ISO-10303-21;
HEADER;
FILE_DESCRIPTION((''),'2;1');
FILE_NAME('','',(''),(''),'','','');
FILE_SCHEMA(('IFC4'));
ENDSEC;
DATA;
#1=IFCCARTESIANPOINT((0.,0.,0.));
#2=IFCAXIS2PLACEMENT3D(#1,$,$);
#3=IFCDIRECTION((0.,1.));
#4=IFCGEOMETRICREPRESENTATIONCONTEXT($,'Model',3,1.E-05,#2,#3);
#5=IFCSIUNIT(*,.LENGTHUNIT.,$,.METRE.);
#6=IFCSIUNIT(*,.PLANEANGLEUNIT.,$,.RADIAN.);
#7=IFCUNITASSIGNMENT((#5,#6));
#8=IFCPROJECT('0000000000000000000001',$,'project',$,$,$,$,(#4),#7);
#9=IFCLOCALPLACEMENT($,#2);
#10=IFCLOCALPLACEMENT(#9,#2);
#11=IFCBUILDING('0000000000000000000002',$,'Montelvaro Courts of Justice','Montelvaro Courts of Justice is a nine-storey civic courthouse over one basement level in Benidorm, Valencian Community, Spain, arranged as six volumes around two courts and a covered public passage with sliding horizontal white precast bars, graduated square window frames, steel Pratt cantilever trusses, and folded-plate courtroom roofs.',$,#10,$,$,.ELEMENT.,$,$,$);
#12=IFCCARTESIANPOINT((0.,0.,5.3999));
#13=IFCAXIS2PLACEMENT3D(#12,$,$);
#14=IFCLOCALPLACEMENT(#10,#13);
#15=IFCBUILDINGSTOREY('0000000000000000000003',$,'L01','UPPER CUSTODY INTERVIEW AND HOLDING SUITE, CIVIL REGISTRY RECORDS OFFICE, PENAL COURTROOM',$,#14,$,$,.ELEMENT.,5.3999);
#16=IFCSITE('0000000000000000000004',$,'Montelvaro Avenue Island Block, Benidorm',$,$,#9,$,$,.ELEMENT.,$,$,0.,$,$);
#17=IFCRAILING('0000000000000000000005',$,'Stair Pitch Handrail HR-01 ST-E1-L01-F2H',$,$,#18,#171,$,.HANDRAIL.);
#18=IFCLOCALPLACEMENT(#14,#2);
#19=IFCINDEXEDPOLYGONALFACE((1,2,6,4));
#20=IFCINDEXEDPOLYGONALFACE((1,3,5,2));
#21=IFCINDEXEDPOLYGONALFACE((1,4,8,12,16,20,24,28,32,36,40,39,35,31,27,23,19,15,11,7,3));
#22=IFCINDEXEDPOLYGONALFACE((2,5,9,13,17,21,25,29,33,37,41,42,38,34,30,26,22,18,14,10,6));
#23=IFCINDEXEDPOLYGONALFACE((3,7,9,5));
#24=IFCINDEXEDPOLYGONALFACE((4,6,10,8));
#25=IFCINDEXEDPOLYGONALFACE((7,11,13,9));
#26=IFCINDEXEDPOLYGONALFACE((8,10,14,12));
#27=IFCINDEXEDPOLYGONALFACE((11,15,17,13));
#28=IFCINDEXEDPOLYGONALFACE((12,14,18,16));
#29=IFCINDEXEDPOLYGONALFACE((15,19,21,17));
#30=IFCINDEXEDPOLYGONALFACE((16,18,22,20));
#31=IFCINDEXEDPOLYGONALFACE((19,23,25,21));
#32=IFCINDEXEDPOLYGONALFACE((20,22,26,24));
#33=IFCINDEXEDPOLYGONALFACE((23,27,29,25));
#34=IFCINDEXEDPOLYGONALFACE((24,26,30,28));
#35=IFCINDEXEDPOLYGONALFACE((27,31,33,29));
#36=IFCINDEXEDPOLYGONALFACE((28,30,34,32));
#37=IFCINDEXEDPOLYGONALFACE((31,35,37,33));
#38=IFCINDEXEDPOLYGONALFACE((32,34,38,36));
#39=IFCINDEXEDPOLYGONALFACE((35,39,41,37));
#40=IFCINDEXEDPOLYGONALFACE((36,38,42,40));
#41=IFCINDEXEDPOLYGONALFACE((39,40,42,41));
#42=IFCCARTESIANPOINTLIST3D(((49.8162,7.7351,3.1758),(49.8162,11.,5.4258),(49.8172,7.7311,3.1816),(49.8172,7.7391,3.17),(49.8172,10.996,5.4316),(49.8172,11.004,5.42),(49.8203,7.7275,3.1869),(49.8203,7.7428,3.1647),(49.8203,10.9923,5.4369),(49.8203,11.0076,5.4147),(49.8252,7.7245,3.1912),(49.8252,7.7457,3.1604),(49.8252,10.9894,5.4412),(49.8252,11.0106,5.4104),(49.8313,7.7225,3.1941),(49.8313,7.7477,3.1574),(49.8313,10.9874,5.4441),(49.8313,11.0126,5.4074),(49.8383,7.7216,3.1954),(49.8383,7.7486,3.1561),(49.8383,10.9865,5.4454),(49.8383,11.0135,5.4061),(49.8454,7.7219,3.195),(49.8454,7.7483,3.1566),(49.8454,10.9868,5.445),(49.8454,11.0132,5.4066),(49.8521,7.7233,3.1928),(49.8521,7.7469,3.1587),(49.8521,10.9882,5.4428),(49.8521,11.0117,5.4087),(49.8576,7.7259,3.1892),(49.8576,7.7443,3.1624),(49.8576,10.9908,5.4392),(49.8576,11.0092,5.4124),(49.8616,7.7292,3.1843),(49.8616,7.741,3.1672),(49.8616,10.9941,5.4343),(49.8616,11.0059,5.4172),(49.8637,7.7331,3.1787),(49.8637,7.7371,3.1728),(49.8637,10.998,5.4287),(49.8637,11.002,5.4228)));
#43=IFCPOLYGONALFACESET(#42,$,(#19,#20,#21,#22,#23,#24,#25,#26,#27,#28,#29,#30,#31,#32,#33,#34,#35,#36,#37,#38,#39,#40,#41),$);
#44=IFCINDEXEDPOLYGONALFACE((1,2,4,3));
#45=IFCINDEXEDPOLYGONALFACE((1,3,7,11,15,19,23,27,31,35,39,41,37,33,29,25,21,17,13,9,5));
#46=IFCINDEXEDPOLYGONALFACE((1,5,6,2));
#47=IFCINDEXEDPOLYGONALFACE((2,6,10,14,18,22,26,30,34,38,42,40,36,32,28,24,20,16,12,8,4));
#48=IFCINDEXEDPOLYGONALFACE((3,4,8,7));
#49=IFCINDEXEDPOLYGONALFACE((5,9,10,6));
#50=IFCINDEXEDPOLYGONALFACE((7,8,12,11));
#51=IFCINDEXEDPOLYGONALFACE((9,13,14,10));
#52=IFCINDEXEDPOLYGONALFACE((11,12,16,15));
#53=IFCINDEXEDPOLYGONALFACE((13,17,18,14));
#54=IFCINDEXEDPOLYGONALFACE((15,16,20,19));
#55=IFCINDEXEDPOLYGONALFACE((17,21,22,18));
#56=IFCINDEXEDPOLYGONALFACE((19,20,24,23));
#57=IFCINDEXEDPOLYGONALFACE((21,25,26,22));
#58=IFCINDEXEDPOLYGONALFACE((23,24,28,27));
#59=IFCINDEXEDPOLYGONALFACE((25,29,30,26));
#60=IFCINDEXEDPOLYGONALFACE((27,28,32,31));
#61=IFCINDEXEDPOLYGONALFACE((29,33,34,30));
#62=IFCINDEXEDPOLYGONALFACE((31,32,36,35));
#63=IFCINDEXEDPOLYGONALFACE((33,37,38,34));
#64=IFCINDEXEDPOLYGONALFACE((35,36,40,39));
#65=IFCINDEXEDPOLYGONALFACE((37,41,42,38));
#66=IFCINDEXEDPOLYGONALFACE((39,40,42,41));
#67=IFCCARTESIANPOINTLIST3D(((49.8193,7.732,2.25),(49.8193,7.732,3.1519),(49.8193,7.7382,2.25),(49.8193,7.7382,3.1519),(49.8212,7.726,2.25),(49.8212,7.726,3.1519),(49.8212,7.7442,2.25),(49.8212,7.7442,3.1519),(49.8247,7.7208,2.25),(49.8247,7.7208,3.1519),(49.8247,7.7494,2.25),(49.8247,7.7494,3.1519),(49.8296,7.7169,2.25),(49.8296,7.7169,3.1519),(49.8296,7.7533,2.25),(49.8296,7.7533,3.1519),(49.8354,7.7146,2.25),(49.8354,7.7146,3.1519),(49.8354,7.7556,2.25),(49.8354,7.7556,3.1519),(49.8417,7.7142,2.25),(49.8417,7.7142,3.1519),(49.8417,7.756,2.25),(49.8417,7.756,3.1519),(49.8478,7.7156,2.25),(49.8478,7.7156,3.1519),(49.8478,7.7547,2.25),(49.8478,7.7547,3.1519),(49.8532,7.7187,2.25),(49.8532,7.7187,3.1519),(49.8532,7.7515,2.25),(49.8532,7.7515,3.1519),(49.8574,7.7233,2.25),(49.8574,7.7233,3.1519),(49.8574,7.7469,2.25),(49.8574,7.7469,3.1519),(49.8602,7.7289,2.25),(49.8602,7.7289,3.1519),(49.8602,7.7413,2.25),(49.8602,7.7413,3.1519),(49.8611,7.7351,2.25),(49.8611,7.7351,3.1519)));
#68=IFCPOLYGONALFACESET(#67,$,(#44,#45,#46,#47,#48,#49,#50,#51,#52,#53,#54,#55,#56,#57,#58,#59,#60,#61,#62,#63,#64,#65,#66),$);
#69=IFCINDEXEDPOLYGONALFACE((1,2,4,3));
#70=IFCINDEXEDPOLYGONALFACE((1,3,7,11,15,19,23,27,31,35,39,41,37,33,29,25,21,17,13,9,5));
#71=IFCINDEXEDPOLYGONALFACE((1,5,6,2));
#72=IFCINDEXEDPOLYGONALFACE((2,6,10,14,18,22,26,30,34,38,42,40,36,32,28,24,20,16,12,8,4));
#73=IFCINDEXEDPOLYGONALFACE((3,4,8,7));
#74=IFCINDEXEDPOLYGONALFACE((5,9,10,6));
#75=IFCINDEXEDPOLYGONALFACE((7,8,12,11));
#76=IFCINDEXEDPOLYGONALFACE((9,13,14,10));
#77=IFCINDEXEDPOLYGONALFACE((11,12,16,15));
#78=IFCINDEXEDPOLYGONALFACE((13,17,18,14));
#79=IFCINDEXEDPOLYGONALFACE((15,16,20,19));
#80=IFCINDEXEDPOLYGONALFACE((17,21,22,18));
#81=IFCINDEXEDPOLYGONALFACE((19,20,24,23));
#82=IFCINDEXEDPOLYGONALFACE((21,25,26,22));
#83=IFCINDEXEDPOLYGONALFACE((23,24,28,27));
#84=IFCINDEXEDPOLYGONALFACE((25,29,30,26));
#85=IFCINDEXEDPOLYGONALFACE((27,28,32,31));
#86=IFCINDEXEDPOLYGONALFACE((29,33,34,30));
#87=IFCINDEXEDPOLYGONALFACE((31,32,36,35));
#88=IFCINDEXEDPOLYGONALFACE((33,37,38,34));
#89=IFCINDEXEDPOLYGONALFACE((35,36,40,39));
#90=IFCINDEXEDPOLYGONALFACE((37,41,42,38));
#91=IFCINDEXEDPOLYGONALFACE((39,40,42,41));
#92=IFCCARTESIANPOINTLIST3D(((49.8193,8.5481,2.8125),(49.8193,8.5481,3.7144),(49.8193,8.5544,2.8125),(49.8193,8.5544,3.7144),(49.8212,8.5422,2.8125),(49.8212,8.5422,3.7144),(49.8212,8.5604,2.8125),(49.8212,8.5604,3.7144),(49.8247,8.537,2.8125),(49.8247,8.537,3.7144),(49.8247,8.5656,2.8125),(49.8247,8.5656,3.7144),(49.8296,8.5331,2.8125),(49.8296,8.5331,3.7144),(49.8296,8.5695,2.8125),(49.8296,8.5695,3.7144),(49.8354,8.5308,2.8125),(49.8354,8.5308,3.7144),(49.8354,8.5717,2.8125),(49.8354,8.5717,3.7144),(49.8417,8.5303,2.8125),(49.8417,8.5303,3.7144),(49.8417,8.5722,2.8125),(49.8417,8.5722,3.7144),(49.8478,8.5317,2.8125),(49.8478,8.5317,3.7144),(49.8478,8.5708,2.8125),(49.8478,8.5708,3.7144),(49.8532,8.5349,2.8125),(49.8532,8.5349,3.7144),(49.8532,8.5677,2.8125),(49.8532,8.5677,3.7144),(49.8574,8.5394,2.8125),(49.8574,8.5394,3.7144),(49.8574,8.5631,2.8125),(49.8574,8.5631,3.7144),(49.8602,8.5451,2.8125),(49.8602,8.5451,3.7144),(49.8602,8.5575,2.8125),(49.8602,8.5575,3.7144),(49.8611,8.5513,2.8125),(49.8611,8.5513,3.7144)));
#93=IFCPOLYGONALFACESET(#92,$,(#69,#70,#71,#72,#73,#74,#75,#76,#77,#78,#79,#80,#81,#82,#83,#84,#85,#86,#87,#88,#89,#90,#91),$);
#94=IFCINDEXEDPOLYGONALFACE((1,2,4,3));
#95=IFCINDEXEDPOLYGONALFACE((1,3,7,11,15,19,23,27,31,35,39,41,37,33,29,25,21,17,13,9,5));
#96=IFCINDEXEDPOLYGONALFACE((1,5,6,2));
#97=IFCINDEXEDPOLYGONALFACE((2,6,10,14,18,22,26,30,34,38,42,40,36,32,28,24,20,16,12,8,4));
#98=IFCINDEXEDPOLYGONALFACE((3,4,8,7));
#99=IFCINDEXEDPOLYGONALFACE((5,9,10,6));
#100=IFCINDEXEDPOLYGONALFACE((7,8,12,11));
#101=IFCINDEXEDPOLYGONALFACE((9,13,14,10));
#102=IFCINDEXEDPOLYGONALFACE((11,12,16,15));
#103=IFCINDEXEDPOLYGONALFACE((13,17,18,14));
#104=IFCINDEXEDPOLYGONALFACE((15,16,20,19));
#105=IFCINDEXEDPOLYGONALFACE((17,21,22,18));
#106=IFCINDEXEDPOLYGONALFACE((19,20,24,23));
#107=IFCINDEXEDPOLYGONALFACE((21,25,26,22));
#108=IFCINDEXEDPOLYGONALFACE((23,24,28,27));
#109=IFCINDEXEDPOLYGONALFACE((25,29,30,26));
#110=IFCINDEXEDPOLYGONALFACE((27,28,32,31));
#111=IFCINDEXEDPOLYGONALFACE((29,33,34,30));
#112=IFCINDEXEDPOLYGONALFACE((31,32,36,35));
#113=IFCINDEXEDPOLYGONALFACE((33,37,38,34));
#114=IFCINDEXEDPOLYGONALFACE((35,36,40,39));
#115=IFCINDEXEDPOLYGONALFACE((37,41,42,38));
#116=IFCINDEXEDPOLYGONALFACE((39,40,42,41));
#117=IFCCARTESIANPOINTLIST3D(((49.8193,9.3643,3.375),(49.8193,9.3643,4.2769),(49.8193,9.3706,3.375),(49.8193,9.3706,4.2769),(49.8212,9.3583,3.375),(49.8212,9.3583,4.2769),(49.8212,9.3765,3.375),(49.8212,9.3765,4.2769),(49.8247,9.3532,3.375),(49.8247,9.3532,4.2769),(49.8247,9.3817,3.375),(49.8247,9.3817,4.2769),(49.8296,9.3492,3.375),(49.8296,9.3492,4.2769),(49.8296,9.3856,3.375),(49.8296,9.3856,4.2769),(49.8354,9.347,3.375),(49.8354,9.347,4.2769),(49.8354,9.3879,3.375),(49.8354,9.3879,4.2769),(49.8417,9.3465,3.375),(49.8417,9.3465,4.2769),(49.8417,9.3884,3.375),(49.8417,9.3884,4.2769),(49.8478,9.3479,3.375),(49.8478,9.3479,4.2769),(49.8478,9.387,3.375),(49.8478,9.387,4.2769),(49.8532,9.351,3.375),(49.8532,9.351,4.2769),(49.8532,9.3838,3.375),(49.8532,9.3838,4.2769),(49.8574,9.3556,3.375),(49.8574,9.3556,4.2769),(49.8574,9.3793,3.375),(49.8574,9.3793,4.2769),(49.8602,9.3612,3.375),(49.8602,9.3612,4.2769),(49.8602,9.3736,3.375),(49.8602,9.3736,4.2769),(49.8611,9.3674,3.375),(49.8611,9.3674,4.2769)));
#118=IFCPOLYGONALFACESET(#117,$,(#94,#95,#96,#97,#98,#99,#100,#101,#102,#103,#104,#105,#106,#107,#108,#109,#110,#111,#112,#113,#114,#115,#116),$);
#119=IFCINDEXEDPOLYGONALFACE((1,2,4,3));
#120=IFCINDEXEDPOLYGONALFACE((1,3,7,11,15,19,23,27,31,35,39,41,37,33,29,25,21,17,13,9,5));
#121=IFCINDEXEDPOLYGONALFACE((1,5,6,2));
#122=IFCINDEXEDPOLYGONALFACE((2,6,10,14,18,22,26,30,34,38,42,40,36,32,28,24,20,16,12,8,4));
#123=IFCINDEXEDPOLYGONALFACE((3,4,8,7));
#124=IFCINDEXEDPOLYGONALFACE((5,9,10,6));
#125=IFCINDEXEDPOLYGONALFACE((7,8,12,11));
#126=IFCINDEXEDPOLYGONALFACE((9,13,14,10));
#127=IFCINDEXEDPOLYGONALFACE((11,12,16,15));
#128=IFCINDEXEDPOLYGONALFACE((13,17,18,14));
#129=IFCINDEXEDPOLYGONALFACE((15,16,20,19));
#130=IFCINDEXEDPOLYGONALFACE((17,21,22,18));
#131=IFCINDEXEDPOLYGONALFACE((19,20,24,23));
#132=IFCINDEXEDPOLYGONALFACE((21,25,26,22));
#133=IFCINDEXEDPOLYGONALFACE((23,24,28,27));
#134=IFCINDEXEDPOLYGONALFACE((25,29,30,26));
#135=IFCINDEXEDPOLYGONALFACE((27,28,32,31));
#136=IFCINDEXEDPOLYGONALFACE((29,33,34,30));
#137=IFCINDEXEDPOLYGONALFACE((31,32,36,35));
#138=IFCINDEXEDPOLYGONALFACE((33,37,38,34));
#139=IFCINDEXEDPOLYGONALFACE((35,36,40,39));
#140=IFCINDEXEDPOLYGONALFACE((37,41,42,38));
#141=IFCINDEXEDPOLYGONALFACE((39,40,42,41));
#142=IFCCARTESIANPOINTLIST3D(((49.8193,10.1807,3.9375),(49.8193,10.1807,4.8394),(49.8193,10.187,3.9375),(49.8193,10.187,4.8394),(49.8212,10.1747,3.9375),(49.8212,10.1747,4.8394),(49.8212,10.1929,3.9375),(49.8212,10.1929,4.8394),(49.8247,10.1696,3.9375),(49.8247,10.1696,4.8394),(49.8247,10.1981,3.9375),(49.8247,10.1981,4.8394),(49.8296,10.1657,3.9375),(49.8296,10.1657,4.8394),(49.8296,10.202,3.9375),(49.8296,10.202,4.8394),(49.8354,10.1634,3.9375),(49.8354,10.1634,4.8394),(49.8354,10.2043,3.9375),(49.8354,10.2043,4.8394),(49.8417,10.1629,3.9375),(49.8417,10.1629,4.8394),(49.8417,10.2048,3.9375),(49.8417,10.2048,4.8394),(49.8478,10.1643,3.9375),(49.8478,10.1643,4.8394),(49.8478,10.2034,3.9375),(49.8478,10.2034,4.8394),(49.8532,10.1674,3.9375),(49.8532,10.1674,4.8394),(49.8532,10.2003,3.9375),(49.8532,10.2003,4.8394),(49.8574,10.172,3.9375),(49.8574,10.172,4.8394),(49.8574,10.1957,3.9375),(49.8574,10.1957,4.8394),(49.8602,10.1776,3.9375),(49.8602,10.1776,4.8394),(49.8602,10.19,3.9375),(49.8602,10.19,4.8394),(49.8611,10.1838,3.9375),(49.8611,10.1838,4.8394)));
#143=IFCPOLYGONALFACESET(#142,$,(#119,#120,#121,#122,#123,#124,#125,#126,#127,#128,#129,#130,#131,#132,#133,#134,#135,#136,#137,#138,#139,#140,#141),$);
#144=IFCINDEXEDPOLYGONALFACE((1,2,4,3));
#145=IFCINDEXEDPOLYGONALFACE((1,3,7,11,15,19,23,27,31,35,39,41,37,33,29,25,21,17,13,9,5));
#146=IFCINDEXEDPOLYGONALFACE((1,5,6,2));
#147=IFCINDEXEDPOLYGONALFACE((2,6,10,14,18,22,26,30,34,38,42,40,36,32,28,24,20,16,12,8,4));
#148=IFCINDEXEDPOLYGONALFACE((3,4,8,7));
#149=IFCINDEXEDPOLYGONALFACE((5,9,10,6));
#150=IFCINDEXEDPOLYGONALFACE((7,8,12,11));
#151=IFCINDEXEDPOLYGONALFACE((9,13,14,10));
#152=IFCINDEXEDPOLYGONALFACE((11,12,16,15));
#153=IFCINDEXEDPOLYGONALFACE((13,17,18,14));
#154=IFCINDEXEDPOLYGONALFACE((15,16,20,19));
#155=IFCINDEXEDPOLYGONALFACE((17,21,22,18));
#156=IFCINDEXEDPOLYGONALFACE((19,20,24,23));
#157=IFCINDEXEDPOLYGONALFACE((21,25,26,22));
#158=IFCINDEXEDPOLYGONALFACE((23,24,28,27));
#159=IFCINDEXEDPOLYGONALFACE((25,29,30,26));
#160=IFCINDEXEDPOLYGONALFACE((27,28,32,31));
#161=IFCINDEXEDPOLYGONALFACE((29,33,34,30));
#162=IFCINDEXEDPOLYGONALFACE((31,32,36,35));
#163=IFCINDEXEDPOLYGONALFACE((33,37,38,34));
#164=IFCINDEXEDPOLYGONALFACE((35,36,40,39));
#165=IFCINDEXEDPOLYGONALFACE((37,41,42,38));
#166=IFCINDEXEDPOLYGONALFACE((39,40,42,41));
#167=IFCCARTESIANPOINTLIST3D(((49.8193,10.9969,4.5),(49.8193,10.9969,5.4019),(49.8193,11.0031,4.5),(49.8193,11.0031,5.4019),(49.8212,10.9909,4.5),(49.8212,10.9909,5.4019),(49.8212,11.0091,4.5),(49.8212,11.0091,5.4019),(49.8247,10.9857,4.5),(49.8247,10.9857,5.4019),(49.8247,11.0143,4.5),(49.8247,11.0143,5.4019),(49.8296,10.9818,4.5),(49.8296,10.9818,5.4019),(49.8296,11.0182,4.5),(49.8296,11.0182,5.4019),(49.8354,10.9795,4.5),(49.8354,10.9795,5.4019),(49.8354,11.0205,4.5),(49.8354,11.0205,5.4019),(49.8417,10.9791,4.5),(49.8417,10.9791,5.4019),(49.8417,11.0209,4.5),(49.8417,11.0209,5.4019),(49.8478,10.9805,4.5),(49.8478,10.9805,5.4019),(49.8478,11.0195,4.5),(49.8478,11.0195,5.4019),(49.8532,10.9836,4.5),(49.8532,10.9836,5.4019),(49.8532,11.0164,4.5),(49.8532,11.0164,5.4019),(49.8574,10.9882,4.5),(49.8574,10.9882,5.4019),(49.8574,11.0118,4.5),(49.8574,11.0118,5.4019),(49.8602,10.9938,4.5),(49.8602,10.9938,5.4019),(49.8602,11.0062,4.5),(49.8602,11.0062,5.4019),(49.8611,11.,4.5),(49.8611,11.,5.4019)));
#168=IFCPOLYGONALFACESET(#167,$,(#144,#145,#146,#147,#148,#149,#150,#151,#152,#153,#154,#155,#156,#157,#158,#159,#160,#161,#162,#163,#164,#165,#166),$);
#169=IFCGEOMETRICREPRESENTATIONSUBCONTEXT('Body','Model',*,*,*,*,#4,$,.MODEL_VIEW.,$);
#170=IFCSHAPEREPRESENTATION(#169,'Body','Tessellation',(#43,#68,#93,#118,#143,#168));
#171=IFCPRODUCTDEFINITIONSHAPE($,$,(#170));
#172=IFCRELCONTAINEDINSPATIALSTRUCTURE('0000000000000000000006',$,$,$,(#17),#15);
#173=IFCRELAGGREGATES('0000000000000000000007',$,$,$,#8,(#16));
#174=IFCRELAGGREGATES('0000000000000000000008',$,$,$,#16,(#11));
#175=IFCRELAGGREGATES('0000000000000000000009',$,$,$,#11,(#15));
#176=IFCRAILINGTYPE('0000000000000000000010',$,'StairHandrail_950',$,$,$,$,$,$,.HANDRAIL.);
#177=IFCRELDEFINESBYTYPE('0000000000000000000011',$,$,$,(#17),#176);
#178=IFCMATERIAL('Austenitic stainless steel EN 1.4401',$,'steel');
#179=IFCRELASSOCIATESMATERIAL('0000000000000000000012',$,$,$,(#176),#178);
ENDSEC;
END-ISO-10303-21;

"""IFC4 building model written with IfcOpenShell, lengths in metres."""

from ifc_helpers import new_model, si_unit, direction, frame, origin, origin_2d, place, context, subcontext, project, spatial, circle, extrude, material, type_object, element, save


model = new_model("IFC4")

# Units and contexts
model_context = context("Model", 3, precision=1e-05, world=origin(), true_north=direction((0.0, 1.0)))
body_context = subcontext(model_context, "Body", "Model", "MODEL_VIEW")
ifc_project = project(units=[si_unit("LENGTHUNIT", "METRE"), si_unit("PLANEANGLEUNIT", "RADIAN")], contexts=[model_context])

# Site, building, storey
site_placement = place(None, origin())
site = spatial("IfcSite", under=ifc_project, at=site_placement, Name="Montelvaro Avenue Island Block, Benidorm", CompositionType="ELEMENT", RefElevation=0.0)
building_placement = place(site_placement, origin())
building = spatial("IfcBuilding", under=site, at=building_placement, Name="Montelvaro Courts of Justice", Description="Montelvaro Courts of Justice is a nine-storey civic courthouse over one basement level in Benidorm, Valencian Community, Spain, arranged as six volumes around two courts and a covered public passage with sliding horizontal white precast bars, graduated square window frames, steel Pratt cantilever trusses, and folded-plate courtroom roofs.", CompositionType="ELEMENT")
storey_placement = place(building_placement, frame((0.0, 0.0, 5.3999)))
storey = spatial("IfcBuildingStorey", under=building, at=storey_placement, Name="L01", Description="UPPER CUSTODY INTERVIEW AND HOLDING SUITE, CIVIL REGISTRY RECORDS OFFICE, PENAL COURTROOM", CompositionType="ELEMENT", Elevation=5.3999)

# Railing
ifc_material_1 = material(Name="Austenitic stainless steel EN 1.4401", Category="steel")
railing_type_1 = type_object("IfcRailingType", Name="StairHandrail_950", PredefinedType="HANDRAIL", material=ifc_material_1)
railing_1_placement = place(storey_placement, frame((49.8401, 7.7351, 2.25)))
element("IfcRailing", 1, at=railing_1_placement, inside=storey, type_object=railing_type_1, Name="Stair Pitch Handrail HR-01 ST-E1-L01-F2H", PredefinedType="HANDRAIL", context=body_context, shape_type="SweptSolid", body=[
    extrude(circle(Radius=0.0239, at=origin_2d()), frame((0.0, 0.0, 0.9258), z_axis=(0.0, 0.823407, 0.567451), x_axis=(-1.0, 0.0, 0.0)), (0.0, 0.0, 1.0), 3.9651),
    extrude(circle(Radius=0.021, at=origin_2d()), origin(), (0.0, 0.0, 1.0), 0.9019),
    extrude(circle(Radius=0.021, at=origin_2d()), frame((0.0, 0.8162, 0.5625)), (0.0, 0.0, 1.0), 0.9019),
    extrude(circle(Radius=0.021, at=origin_2d()), frame((0.0, 1.6323, 1.125)), (0.0, 0.0, 1.0), 0.9019),
    extrude(circle(Radius=0.021, at=origin_2d()), frame((0.0, 2.4487, 1.6875)), (0.0, 0.0, 1.0), 0.9019),
    extrude(circle(Radius=0.021, at=origin_2d()), frame((0.0, 3.2649, 2.25)), (0.0, 0.0, 1.0), 0.9019),
])

save(model, "model.ifc")
